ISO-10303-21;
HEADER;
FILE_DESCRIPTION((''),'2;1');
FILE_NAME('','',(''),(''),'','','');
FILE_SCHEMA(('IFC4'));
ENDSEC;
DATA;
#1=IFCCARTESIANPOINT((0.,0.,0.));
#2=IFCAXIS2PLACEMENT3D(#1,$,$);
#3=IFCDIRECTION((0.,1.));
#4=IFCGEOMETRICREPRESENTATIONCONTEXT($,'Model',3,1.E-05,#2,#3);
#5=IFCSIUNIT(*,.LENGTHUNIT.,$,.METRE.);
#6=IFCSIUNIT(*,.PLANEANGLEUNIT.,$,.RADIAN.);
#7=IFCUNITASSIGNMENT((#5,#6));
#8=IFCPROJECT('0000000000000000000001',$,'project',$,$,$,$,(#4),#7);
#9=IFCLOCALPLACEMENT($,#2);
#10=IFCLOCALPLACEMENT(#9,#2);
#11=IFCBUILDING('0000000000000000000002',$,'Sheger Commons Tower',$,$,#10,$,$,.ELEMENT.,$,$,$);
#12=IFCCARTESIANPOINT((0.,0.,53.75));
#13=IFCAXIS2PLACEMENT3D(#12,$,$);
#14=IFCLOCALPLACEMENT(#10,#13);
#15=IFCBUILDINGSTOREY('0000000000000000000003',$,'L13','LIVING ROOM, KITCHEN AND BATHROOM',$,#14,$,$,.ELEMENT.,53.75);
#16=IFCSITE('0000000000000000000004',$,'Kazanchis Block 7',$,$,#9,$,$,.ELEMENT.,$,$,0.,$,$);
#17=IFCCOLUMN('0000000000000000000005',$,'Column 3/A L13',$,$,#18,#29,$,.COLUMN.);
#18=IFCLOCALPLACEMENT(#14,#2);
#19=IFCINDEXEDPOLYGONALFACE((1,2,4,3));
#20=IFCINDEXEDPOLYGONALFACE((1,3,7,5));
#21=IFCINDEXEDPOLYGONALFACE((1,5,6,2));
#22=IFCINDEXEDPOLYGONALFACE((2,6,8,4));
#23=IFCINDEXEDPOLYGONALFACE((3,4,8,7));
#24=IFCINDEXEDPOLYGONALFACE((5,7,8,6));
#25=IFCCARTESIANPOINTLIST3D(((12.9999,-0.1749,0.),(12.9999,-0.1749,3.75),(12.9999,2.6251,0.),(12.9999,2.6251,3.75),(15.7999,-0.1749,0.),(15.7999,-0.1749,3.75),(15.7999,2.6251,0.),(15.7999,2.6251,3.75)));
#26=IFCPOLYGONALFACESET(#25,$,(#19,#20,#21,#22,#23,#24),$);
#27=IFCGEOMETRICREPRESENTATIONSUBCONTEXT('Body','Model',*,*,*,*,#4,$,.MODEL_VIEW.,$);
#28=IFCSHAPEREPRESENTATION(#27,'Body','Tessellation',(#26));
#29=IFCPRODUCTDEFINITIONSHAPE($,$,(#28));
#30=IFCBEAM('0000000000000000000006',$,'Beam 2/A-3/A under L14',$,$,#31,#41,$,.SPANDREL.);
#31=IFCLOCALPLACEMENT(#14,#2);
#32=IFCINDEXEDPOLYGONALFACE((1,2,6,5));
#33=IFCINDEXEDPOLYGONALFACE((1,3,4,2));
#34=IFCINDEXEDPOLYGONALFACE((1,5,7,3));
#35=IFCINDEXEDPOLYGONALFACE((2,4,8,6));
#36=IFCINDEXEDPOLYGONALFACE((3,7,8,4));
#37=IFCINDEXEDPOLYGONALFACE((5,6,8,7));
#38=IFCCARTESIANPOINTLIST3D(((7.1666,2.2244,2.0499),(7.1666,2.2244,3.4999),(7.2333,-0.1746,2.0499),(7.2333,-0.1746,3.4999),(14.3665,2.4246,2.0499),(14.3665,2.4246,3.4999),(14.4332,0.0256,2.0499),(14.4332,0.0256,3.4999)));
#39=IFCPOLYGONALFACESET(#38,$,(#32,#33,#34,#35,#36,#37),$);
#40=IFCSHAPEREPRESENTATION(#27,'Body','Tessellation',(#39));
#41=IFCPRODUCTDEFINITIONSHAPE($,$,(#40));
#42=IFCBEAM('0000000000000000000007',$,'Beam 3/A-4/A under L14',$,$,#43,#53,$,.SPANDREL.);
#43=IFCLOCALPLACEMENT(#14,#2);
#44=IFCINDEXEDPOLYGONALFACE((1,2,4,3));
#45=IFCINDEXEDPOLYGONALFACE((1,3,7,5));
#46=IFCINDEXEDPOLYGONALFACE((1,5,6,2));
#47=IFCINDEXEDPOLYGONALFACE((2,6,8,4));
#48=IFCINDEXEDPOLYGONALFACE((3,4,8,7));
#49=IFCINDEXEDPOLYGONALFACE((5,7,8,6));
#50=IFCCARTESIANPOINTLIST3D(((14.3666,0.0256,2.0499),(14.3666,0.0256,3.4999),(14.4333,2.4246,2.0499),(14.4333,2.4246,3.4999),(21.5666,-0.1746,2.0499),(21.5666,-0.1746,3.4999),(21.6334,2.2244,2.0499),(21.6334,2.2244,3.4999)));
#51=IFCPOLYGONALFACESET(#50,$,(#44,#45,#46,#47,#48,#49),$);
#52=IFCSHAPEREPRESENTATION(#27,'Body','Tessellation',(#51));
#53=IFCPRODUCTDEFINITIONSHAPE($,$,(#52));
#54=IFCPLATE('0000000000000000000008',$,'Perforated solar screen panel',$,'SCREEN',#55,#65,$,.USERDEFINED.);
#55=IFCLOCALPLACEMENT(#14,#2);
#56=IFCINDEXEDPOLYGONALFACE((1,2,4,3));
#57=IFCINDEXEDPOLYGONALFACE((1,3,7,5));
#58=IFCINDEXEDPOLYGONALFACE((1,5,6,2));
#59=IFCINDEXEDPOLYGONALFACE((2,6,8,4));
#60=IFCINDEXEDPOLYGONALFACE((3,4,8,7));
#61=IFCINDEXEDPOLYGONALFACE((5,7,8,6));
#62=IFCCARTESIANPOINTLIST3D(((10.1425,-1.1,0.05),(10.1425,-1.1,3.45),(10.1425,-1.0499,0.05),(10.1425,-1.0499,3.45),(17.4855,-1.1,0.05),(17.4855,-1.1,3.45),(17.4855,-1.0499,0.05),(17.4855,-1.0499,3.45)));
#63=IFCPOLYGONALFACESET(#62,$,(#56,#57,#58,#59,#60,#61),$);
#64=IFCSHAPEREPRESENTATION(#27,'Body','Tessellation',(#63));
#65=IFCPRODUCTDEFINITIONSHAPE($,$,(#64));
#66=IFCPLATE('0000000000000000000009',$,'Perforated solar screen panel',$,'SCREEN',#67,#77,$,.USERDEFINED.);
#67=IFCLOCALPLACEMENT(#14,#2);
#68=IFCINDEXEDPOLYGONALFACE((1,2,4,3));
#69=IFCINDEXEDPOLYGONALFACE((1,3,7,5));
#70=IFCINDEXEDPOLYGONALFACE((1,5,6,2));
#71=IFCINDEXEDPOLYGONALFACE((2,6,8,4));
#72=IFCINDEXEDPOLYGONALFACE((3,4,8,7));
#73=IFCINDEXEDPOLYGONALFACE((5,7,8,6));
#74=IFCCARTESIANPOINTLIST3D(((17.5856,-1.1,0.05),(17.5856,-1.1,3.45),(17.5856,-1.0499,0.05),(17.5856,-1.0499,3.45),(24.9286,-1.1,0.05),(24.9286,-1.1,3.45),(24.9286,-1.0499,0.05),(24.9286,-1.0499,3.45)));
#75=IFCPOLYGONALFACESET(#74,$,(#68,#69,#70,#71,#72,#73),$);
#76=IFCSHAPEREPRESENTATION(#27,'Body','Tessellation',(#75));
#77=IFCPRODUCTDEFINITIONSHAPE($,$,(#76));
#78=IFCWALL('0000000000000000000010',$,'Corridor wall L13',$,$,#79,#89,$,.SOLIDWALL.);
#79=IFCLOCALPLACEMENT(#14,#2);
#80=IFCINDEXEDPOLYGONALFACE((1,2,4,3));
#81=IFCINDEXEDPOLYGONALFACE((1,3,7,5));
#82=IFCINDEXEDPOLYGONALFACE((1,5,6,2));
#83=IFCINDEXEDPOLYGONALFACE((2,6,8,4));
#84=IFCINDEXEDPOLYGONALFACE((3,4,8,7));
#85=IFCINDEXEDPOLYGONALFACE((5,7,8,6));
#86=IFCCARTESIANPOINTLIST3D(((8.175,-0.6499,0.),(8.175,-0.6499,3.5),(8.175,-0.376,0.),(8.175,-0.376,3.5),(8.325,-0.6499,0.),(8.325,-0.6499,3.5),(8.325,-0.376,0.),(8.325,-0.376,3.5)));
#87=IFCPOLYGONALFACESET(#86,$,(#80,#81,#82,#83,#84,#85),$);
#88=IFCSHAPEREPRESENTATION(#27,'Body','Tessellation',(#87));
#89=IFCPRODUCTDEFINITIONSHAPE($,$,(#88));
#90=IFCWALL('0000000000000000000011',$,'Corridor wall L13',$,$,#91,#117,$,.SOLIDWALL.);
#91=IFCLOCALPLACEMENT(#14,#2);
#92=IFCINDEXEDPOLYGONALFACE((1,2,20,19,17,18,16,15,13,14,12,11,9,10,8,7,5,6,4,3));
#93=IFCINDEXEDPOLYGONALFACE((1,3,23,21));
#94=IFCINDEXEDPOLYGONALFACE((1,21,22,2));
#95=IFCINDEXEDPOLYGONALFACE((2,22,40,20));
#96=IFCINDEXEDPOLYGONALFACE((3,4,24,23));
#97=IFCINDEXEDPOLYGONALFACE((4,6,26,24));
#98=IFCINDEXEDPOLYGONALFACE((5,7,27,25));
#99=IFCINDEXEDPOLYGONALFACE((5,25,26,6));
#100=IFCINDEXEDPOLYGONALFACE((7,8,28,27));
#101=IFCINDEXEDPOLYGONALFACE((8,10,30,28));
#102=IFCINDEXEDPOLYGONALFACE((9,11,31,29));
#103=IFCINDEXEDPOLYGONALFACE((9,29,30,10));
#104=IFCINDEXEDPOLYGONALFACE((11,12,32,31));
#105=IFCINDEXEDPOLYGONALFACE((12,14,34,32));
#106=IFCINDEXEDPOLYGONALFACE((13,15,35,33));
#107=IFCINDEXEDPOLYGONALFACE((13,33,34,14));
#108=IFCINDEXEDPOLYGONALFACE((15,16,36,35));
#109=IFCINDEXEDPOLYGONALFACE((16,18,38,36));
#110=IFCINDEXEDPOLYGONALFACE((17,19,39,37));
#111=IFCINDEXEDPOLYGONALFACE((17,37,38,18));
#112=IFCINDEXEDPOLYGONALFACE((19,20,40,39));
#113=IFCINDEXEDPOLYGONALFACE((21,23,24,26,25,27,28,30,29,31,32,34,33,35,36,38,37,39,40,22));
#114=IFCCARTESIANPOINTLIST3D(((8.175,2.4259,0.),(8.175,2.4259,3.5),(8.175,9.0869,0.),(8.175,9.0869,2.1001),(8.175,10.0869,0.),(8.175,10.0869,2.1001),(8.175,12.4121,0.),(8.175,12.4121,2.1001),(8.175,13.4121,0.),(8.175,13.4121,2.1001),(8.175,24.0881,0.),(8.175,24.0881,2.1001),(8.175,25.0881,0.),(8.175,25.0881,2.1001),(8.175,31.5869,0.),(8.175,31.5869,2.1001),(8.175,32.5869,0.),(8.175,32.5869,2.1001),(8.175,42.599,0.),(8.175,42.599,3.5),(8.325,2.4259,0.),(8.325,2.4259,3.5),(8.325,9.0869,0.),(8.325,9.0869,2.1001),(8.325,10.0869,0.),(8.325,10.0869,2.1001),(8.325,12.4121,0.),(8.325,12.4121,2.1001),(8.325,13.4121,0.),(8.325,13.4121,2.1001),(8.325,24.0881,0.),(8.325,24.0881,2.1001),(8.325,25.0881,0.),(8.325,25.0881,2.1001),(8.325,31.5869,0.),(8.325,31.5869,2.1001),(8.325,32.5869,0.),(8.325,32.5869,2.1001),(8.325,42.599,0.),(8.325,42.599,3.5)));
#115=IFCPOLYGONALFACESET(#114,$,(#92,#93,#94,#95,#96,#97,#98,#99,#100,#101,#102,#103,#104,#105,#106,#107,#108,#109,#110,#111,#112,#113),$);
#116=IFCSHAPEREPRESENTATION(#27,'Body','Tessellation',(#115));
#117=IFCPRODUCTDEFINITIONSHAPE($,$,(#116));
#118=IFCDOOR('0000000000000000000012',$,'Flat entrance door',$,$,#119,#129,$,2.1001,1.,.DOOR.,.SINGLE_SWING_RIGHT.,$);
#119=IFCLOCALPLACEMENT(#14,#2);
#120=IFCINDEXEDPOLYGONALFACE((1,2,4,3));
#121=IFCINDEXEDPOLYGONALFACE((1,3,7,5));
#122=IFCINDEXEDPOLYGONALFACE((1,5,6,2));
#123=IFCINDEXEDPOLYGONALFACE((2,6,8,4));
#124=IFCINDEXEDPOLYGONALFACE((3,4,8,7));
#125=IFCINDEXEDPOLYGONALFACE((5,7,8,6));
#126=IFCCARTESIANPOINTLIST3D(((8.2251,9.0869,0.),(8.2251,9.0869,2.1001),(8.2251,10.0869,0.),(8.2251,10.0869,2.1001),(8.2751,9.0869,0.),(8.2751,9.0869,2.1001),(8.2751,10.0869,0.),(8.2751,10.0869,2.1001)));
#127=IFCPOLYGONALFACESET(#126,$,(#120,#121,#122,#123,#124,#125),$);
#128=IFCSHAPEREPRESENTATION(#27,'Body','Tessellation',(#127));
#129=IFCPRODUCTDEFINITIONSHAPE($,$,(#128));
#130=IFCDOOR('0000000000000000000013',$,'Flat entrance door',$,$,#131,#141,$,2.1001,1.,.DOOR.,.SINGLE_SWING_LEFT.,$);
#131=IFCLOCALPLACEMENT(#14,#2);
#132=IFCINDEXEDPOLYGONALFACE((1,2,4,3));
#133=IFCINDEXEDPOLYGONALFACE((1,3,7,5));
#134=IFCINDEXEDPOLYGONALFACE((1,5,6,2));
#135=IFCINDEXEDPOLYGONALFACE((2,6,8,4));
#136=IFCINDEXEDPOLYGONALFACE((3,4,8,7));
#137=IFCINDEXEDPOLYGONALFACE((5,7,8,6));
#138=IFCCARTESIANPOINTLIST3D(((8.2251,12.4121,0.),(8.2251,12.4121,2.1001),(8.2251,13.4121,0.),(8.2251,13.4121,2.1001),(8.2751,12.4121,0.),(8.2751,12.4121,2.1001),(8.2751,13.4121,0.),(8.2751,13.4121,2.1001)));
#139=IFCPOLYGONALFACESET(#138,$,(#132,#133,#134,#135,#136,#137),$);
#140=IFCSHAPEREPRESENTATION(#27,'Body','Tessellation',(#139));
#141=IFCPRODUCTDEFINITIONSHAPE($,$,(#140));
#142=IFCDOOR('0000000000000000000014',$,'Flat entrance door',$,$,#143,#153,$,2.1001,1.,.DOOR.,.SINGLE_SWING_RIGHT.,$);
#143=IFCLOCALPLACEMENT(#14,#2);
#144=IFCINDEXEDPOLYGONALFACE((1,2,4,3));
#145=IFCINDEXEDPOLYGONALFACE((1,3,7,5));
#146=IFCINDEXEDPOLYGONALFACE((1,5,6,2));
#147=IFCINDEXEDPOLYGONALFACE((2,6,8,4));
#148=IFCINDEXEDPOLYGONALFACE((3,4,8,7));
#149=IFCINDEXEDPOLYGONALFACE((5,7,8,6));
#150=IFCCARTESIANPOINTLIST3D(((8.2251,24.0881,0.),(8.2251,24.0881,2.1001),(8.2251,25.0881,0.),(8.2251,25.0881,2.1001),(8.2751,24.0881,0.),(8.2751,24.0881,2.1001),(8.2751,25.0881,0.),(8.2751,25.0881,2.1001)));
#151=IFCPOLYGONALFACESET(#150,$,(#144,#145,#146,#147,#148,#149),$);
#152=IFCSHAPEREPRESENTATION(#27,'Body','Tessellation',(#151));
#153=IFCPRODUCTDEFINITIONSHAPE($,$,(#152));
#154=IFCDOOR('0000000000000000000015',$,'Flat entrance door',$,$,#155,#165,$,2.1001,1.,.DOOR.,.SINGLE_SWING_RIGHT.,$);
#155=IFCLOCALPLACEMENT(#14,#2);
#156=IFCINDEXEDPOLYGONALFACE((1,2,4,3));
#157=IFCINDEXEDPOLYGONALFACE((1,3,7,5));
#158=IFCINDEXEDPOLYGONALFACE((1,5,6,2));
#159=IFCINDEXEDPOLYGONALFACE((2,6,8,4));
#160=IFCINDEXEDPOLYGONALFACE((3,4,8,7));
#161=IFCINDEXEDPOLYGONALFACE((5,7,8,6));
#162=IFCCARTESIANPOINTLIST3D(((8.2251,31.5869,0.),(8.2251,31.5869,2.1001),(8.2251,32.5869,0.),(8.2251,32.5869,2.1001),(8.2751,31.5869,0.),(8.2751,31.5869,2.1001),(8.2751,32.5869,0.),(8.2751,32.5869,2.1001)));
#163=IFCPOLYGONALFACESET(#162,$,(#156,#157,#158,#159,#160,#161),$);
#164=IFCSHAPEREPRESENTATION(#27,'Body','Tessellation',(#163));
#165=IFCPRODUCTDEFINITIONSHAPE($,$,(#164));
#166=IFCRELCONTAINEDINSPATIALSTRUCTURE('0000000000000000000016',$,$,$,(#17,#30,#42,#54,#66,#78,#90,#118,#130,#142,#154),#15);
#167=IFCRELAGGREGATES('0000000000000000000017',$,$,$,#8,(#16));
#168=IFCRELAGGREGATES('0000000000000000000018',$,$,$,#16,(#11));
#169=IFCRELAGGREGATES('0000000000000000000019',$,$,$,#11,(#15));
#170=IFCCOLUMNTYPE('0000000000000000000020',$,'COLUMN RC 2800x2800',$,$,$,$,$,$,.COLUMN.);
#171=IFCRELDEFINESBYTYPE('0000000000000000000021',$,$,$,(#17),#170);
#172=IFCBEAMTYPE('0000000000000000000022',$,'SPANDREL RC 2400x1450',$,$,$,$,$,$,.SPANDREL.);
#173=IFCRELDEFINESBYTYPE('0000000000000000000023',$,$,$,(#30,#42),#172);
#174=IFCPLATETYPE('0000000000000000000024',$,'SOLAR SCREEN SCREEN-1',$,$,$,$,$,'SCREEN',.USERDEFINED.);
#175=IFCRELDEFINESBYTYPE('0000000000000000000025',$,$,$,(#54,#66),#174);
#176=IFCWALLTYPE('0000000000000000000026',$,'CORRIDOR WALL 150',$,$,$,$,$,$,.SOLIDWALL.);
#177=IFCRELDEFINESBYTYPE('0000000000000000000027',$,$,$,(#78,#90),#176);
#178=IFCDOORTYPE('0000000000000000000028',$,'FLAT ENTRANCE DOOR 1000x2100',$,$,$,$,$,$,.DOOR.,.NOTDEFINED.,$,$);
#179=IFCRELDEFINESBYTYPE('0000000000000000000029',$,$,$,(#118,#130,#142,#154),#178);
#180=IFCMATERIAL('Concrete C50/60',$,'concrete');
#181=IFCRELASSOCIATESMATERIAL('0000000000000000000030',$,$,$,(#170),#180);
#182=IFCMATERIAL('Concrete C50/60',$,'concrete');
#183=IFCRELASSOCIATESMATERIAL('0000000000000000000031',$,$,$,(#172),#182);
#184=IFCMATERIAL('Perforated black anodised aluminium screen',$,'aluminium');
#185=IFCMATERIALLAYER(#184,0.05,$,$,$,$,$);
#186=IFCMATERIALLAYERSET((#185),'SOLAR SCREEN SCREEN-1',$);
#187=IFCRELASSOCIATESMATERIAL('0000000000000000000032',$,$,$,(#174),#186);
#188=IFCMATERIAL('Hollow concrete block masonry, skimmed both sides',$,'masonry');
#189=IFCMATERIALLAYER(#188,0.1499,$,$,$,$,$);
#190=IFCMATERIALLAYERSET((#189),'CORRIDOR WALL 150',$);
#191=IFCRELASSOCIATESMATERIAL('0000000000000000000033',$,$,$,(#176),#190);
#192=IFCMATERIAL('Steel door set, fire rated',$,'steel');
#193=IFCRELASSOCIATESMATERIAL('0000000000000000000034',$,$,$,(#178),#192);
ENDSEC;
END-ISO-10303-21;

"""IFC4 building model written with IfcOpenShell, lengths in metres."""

from ifc_helpers import new_model, si_unit, direction, frame, frame_2d, origin, origin_2d, place, context, subcontext, project, spatial, rectangle, extrude, material, layer, layer_set, material_profile, profile_set, type_object, element, fill, save


model = new_model("IFC4")

# Units and contexts
model_context = context("Model", 3, precision=1e-05, world=origin(), true_north=direction((0.0, 1.0)))
body_context = subcontext(model_context, "Body", "Model", "MODEL_VIEW")
ifc_project = project(units=[si_unit("LENGTHUNIT", "METRE"), si_unit("PLANEANGLEUNIT", "RADIAN")], contexts=[model_context])

# Site, building, storey
site_placement = place(None, origin())
site = spatial("IfcSite", under=ifc_project, at=site_placement, Name="Kazanchis Block 7", CompositionType="ELEMENT", RefElevation=0.0)
building_placement = place(site_placement, origin())
building = spatial("IfcBuilding", under=site, at=building_placement, Name="Sheger Commons Tower", CompositionType="ELEMENT")
storey_placement = place(building_placement, frame((0.0, 0.0, 53.75)))
storey = spatial("IfcBuildingStorey", under=building, at=storey_placement, Name="L13", Description="LIVING ROOM, KITCHEN AND BATHROOM", CompositionType="ELEMENT", Elevation=53.75)

# Column
ifc_material_1 = material(Name="Concrete C50/60", Category="concrete")
ifc_material_profile_1 = material_profile(ifc_material_1, rectangle(XDim=2.8, YDim=2.8, at=origin_2d()), Name="RC 2800x2800")
ifc_profile_set_1 = profile_set([ifc_material_profile_1], Name="Concrete C50/60")
column_type = type_object("IfcColumnType", Name="COLUMN RC 2800x2800", PredefinedType="COLUMN", material=ifc_profile_set_1)
column_placement = place(storey_placement, frame((14.3999, 1.2251, 0.0), z_axis=(0.0, 0.0, 1.0), x_axis=(1.0, 0.0, 0.0)))
element("IfcColumn", 1, at=column_placement, inside=storey, type_object=column_type, Name="Column 3/A L13", PredefinedType="COLUMN", context=body_context, shape_type="SweptSolid", body=[
    extrude(rectangle(XDim=2.8, YDim=2.8, at=origin_2d()), origin(), (0.0, 0.0, 1.0), 3.75),
])

# Beams
ifc_material_2 = material(Name="Concrete C50/60", Category="concrete")
ifc_material_profile_2 = material_profile(ifc_material_2, rectangle(XDim=2.3999, YDim=1.45, at=origin_2d()), Name="RC 2400x1450")
ifc_profile_set_2 = profile_set([ifc_material_profile_2], Name="Concrete C50/60")
beam_type = type_object("IfcBeamType", Name="SPANDREL RC 2400x1450", PredefinedType="SPANDREL", material=ifc_profile_set_2)
beam_1_placement = place(storey_placement, frame((7.2, 1.0249, 2.7749), z_axis=(0.999614, 0.027794, 0.0), x_axis=(-0.027794, 0.999614, 0.0)))
element("IfcBeam", 2, at=beam_1_placement, inside=storey, type_object=beam_type, Name="Beam 2/A-3/A under L14", PredefinedType="SPANDREL", context=body_context, shape_type="SweptSolid", body=[
    extrude(rectangle(XDim=2.3999, YDim=1.45, at=origin_2d()), origin(), (0.0, 0.0, 1.0), 7.2026),
])
beam_2_placement = place(storey_placement, frame((14.3999, 1.2251, 2.7749), z_axis=(0.999614, -0.027793, 0.0), x_axis=(0.027793, 0.999614, 0.0)))
element("IfcBeam", 3, at=beam_2_placement, inside=storey, type_object=beam_type, Name="Beam 3/A-4/A under L14", PredefinedType="SPANDREL", context=body_context, shape_type="SweptSolid", body=[
    extrude(rectangle(XDim=2.3999, YDim=1.45, at=origin_2d()), origin(), (0.0, 0.0, 1.0), 7.2029),
])

# Plates
ifc_material_3 = material(Name="Perforated black anodised aluminium screen", Category="aluminium")
ifc_layer_1 = layer(ifc_material_3, 0.05)
ifc_layer_set_1 = layer_set([ifc_layer_1], Name="SOLAR SCREEN SCREEN-1")
plate_type = type_object("IfcPlateType", Name="SOLAR SCREEN SCREEN-1", ElementType="SCREEN", PredefinedType="USERDEFINED", material=ifc_layer_set_1)
for number, where, z_axis, x_axis, name in (
    (4, (13.814, -1.075, 0.05), (0.0, 0.0, 1.0), (1.0, 0.0, 0.0), "Perforated solar screen panel"),
    (5, (21.2571, -1.075, 0.05), (0.0, 0.0, 1.0), (1.0, 0.0, 0.0), "Perforated solar screen panel"),
):
    element("IfcPlate", number, at=place(storey_placement, frame(where, z_axis=z_axis, x_axis=x_axis)), inside=storey, type_object=plate_type, Name=name, ObjectType="SCREEN", PredefinedType="USERDEFINED", context=body_context, shape_type="SweptSolid", body=[
        extrude(rectangle(XDim=7.343, YDim=0.05, at=origin_2d()), origin(), (0.0, 0.0, 1.0), 3.3999),
    ])

# Wall
ifc_material_4 = material(Name="Hollow concrete block masonry, skimmed both sides", Category="masonry")
ifc_layer_2 = layer(ifc_material_4, 0.1499)
ifc_layer_set_2 = layer_set([ifc_layer_2], Name="CORRIDOR WALL 150")
wall_type_1 = type_object("IfcWallType", Name="CORRIDOR WALL 150", PredefinedType="SOLIDWALL", material=ifc_layer_set_2)
wall_1_placement = place(storey_placement, frame((8.25, -0.6499, 0.0), z_axis=(0.0, 0.0, 1.0), x_axis=(0.0, 1.0, 0.0)))
element("IfcWall", 6, at=wall_1_placement, inside=storey, type_object=wall_type_1, Name="Corridor wall L13", PredefinedType="SOLIDWALL", context=body_context, shape_type="SweptSolid", body=[
    extrude(rectangle(XDim=0.2739, YDim=0.1499, at=frame_2d((0.137, 0.0))), origin(), (0.0, 0.0, 1.0), 3.5),
])

# Wall, openings, doors
wall_2_placement = place(storey_placement, frame((8.25, 2.426, 0.0), z_axis=(0.0, 0.0, 1.0), x_axis=(0.0, 1.0, 0.0)))
wall_2 = element("IfcWall", 7, at=wall_2_placement, inside=storey, type_object=wall_type_1, Name="Corridor wall L13", PredefinedType="SOLIDWALL", context=body_context, shape_type="SweptSolid", body=[
    extrude(rectangle(XDim=40.1731, YDim=0.1499, at=frame_2d((20.0864, 0.0))), origin(), (0.0, 0.0, 1.0), 3.5),
])
opening_1_placement = place(wall_2_placement, frame((6.6609, 0.0, 0.0)))
opening_1 = element("IfcOpeningElement", 8, at=opening_1_placement, cuts=wall_2, PredefinedType="OPENING", context=body_context, shape_type="SweptSolid", body=[
    extrude(rectangle(XDim=1.0, YDim=2.1001, at=frame_2d((0.5, 1.05))), frame((0.0, 0.085, 0.0), z_axis=(0.0, -1.0, 0.0), x_axis=(1.0, 0.0, 0.0)), (0.0, 0.0, 1.0), 0.1699),
])
opening_2_placement = place(wall_2_placement, frame((9.9861, 0.0, 0.0)))
opening_2 = element("IfcOpeningElement", 9, at=opening_2_placement, cuts=wall_2, PredefinedType="OPENING", context=body_context, shape_type="SweptSolid", body=[
    extrude(rectangle(XDim=1.0, YDim=2.1001, at=frame_2d((0.5, 1.05))), frame((0.0, 0.085, 0.0), z_axis=(0.0, -1.0, 0.0), x_axis=(1.0, 0.0, 0.0)), (0.0, 0.0, 1.0), 0.1699),
])
opening_3_placement = place(wall_2_placement, frame((21.6621, 0.0, 0.0)))
opening_3 = element("IfcOpeningElement", 10, at=opening_3_placement, cuts=wall_2, PredefinedType="OPENING", context=body_context, shape_type="SweptSolid", body=[
    extrude(rectangle(XDim=1.0, YDim=2.1001, at=frame_2d((0.5, 1.05))), frame((0.0, 0.085, 0.0), z_axis=(0.0, -1.0, 0.0), x_axis=(1.0, 0.0, 0.0)), (0.0, 0.0, 1.0), 0.1699),
])
opening_4_placement = place(wall_2_placement, frame((29.1609, 0.0, 0.0)))
opening_4 = element("IfcOpeningElement", 11, at=opening_4_placement, cuts=wall_2, PredefinedType="OPENING", context=body_context, shape_type="SweptSolid", body=[
    extrude(rectangle(XDim=1.0, YDim=2.1001, at=frame_2d((0.5, 1.05))), frame((0.0, 0.085, 0.0), z_axis=(0.0, -1.0, 0.0), x_axis=(1.0, 0.0, 0.0)), (0.0, 0.0, 1.0), 0.1699),
])
ifc_material_5 = material(Name="Steel door set, fire rated", Category="steel")
door_type_1 = type_object("IfcDoorType", Name="FLAT ENTRANCE DOOR 1000x2100", OperationType="NOTDEFINED", PredefinedType="DOOR", material=ifc_material_5)
door_1_placement = place(opening_1_placement, origin())
door_1 = element("IfcDoor", 12, at=door_1_placement, inside=storey, type_object=door_type_1, Name="Flat entrance door", OperationType="SINGLE_SWING_RIGHT", OverallHeight=2.1001, OverallWidth=1.0, PredefinedType="DOOR", context=body_context, shape_type="SweptSolid", body=[
    extrude(rectangle(XDim=1.0, YDim=2.1001, at=frame_2d((0.5, 1.05))), frame((0.0, 0.0249, 0.0), z_axis=(0.0, -1.0, 0.0), x_axis=(1.0, 0.0, 0.0)), (0.0, 0.0, 1.0), 0.05),
])
fill(opening_1, door_1)
door_2_placement = place(opening_2_placement, origin())
door_2 = element("IfcDoor", 13, at=door_2_placement, inside=storey, type_object=door_type_1, Name="Flat entrance door", OperationType="SINGLE_SWING_LEFT", OverallHeight=2.1001, OverallWidth=1.0, PredefinedType="DOOR", context=body_context, shape_type="SweptSolid", body=[
    extrude(rectangle(XDim=1.0, YDim=2.1001, at=frame_2d((0.5, 1.05))), frame((0.0, 0.0249, 0.0), z_axis=(0.0, -1.0, 0.0), x_axis=(1.0, 0.0, 0.0)), (0.0, 0.0, 1.0), 0.05),
])
fill(opening_2, door_2)
door_3_placement = place(opening_3_placement, origin())
door_3 = element("IfcDoor", 14, at=door_3_placement, inside=storey, type_object=door_type_1, Name="Flat entrance door", OperationType="SINGLE_SWING_RIGHT", OverallHeight=2.1001, OverallWidth=1.0, PredefinedType="DOOR", context=body_context, shape_type="SweptSolid", body=[
    extrude(rectangle(XDim=1.0, YDim=2.1001, at=frame_2d((0.5, 1.05))), frame((0.0, 0.0249, 0.0), z_axis=(0.0, -1.0, 0.0), x_axis=(1.0, 0.0, 0.0)), (0.0, 0.0, 1.0), 0.05),
])
fill(opening_3, door_3)
door_4_placement = place(opening_4_placement, origin())
door_4 = element("IfcDoor", 15, at=door_4_placement, inside=storey, type_object=door_type_1, Name="Flat entrance door", OperationType="SINGLE_SWING_RIGHT", OverallHeight=2.1001, OverallWidth=1.0, PredefinedType="DOOR", context=body_context, shape_type="SweptSolid", body=[
    extrude(rectangle(XDim=1.0, YDim=2.1001, at=frame_2d((0.5, 1.05))), frame((0.0, 0.0249, 0.0), z_axis=(0.0, -1.0, 0.0), x_axis=(1.0, 0.0, 0.0)), (0.0, 0.0, 1.0), 0.05),
])
fill(opening_4, door_4)

save(model, "model.ifc")
